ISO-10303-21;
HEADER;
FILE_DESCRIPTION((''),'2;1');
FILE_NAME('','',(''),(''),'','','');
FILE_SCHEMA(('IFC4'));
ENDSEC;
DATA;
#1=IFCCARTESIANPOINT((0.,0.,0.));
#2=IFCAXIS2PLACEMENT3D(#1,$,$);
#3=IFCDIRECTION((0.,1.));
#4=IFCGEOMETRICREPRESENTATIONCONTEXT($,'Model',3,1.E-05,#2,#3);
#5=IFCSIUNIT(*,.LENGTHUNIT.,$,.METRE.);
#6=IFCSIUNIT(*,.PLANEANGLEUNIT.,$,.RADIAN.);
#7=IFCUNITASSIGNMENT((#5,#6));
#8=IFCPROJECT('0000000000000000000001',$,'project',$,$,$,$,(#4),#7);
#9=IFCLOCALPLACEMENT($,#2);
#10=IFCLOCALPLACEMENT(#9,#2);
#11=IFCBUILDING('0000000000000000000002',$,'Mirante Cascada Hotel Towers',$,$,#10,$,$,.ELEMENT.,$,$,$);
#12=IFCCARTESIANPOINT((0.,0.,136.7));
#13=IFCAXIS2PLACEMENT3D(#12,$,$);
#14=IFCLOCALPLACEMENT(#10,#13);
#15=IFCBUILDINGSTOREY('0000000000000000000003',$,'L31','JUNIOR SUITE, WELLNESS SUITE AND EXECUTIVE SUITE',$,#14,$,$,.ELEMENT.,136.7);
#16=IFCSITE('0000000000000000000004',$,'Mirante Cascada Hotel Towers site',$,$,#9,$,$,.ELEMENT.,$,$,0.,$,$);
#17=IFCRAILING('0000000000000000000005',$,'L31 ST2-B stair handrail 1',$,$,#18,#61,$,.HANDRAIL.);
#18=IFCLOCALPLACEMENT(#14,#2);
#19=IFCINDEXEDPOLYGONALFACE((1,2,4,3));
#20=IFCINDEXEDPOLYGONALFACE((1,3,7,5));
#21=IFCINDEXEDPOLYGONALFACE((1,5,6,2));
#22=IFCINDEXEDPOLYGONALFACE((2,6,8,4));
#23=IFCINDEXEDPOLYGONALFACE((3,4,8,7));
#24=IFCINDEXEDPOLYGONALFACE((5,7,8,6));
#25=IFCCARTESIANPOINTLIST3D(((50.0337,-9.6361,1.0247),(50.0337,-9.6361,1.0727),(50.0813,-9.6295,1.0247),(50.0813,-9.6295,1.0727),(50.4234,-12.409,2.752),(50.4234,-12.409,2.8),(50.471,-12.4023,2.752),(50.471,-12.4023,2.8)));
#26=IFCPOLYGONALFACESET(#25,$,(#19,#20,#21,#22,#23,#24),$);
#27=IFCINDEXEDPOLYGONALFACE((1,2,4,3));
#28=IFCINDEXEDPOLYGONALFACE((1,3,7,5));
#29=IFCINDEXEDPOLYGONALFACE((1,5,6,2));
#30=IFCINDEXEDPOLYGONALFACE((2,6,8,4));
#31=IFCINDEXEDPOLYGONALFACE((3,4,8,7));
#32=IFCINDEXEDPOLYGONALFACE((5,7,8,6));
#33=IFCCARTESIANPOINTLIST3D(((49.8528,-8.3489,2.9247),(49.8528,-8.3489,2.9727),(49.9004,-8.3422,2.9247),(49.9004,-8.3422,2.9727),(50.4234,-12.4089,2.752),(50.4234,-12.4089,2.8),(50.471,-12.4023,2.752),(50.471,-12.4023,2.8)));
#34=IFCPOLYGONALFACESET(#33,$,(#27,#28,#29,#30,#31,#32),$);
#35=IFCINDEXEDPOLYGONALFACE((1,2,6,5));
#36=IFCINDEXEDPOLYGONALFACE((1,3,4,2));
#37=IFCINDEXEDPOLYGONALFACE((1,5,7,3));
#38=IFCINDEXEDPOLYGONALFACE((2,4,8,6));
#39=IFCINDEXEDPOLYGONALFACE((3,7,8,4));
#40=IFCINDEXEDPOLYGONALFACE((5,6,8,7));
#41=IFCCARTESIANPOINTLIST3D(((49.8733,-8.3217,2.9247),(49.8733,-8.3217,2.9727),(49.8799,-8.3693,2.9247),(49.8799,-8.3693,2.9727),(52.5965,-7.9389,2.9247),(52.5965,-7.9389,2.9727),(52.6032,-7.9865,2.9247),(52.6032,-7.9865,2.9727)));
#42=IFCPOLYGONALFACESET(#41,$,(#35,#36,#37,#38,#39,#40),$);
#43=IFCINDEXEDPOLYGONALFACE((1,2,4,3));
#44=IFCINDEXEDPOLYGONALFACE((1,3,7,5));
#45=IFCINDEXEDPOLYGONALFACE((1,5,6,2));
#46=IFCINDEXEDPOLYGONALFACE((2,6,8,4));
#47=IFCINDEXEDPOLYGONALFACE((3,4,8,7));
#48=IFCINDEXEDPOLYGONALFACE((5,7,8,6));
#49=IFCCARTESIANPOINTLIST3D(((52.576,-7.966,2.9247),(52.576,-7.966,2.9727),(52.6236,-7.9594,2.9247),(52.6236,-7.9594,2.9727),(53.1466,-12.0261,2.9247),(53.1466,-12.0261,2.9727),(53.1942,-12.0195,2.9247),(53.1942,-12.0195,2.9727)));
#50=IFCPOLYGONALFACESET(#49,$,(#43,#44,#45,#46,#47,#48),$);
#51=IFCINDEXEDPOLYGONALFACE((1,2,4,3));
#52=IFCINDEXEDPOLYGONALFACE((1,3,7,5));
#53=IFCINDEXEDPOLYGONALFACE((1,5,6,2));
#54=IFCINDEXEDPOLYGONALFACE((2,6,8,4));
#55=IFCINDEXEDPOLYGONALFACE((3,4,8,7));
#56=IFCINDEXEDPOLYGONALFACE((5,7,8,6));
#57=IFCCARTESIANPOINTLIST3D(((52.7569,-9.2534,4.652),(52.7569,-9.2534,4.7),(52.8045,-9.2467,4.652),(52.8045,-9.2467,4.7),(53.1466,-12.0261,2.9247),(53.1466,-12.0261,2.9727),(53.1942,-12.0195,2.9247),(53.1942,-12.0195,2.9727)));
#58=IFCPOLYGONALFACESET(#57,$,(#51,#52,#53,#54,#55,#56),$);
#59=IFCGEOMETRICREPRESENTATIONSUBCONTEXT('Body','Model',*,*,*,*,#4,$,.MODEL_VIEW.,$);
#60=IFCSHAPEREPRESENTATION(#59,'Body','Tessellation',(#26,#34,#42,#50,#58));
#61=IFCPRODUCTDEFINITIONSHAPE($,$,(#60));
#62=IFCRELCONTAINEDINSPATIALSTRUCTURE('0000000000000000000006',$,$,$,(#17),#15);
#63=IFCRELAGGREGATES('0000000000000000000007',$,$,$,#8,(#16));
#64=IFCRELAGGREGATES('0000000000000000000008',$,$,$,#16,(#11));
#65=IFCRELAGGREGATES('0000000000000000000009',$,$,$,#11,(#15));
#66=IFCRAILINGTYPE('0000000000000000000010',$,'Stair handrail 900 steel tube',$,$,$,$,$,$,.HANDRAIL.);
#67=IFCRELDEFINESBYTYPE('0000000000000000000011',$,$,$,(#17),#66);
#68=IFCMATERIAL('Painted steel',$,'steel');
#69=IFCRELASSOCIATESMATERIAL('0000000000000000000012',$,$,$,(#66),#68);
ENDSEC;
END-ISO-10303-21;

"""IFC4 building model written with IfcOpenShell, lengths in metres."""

from ifc_helpers import new_model, si_unit, direction, frame, origin, origin_2d, place, context, subcontext, project, spatial, rectangle, extrude, material, type_object, element, save


model = new_model("IFC4")

# Units and contexts
model_context = context("Model", 3, precision=1e-05, world=origin(), true_north=direction((0.0, 1.0)))
body_context = subcontext(model_context, "Body", "Model", "MODEL_VIEW")
ifc_project = project(units=[si_unit("LENGTHUNIT", "METRE"), si_unit("PLANEANGLEUNIT", "RADIAN")], contexts=[model_context])

# Site, building, storey
site_placement = place(None, origin())
site = spatial("IfcSite", under=ifc_project, at=site_placement, Name="Mirante Cascada Hotel Towers site", CompositionType="ELEMENT", RefElevation=0.0)
building_placement = place(site_placement, origin())
building = spatial("IfcBuilding", under=site, at=building_placement, Name="Mirante Cascada Hotel Towers", CompositionType="ELEMENT")
storey_placement = place(building_placement, frame((0.0, 0.0, 136.7)))
storey = spatial("IfcBuildingStorey", under=building, at=storey_placement, Name="L31", Description="JUNIOR SUITE, WELLNESS SUITE AND EXECUTIVE SUITE", CompositionType="ELEMENT", Elevation=136.7)

# Railing
ifc_material_1 = material(Name="Painted steel", Category="steel")
railing_type_1 = type_object("IfcRailingType", Name="Stair handrail 900 steel tube", PredefinedType="HANDRAIL", material=ifc_material_1)
railing_1_placement = place(storey_placement, frame((50.0575, -9.6328, 0.1727)))
element("IfcRailing", 1, at=railing_1_placement, inside=storey, type_object=railing_type_1, Name="L31 ST2-B stair handrail 1", PredefinedType="HANDRAIL", context=body_context, shape_type="SweptSolid", body=[
    extrude(rectangle(XDim=0.048, YDim=0.048, at=origin_2d()), frame((0.0, 0.0, 0.876), z_axis=(0.139176, -0.990268, 0.0), x_axis=(0.990268, 0.139176, 0.0)), (0.0, 0.525021, 0.851089), 3.29),
    extrude(rectangle(XDim=0.048, YDim=0.048, at=origin_2d()), frame((0.3897, -2.7728, 2.6033), z_axis=(-0.139171, 0.990268, 0.0), x_axis=(-0.990268, -0.139171, 0.0)), (0.0, 0.042085, 0.999114), 4.1036),
    extrude(rectangle(XDim=0.048, YDim=0.048, at=origin_2d()), frame((-0.1809, 1.2873, 2.776), z_axis=(0.990264, 0.139201, 0.0), x_axis=(-0.139201, 0.990264, 0.0)), (0.0, 0.0, 1.0), 2.75),
    extrude(rectangle(XDim=0.048, YDim=0.048, at=origin_2d()), frame((2.5423, 1.6701, 2.776), z_axis=(0.139171, -0.990268, 0.0), x_axis=(0.990268, 0.139171, 0.0)), (0.0, 0.0, 1.0), 4.1),
    extrude(rectangle(XDim=0.048, YDim=0.048, at=origin_2d()), frame((3.1129, -2.39, 2.776), z_axis=(-0.139181, 0.990267, 0.0), x_axis=(-0.990267, -0.139181, 0.0)), (0.0, 0.525035, 0.851081), 3.2899),
])

save(model, "model.ifc")
